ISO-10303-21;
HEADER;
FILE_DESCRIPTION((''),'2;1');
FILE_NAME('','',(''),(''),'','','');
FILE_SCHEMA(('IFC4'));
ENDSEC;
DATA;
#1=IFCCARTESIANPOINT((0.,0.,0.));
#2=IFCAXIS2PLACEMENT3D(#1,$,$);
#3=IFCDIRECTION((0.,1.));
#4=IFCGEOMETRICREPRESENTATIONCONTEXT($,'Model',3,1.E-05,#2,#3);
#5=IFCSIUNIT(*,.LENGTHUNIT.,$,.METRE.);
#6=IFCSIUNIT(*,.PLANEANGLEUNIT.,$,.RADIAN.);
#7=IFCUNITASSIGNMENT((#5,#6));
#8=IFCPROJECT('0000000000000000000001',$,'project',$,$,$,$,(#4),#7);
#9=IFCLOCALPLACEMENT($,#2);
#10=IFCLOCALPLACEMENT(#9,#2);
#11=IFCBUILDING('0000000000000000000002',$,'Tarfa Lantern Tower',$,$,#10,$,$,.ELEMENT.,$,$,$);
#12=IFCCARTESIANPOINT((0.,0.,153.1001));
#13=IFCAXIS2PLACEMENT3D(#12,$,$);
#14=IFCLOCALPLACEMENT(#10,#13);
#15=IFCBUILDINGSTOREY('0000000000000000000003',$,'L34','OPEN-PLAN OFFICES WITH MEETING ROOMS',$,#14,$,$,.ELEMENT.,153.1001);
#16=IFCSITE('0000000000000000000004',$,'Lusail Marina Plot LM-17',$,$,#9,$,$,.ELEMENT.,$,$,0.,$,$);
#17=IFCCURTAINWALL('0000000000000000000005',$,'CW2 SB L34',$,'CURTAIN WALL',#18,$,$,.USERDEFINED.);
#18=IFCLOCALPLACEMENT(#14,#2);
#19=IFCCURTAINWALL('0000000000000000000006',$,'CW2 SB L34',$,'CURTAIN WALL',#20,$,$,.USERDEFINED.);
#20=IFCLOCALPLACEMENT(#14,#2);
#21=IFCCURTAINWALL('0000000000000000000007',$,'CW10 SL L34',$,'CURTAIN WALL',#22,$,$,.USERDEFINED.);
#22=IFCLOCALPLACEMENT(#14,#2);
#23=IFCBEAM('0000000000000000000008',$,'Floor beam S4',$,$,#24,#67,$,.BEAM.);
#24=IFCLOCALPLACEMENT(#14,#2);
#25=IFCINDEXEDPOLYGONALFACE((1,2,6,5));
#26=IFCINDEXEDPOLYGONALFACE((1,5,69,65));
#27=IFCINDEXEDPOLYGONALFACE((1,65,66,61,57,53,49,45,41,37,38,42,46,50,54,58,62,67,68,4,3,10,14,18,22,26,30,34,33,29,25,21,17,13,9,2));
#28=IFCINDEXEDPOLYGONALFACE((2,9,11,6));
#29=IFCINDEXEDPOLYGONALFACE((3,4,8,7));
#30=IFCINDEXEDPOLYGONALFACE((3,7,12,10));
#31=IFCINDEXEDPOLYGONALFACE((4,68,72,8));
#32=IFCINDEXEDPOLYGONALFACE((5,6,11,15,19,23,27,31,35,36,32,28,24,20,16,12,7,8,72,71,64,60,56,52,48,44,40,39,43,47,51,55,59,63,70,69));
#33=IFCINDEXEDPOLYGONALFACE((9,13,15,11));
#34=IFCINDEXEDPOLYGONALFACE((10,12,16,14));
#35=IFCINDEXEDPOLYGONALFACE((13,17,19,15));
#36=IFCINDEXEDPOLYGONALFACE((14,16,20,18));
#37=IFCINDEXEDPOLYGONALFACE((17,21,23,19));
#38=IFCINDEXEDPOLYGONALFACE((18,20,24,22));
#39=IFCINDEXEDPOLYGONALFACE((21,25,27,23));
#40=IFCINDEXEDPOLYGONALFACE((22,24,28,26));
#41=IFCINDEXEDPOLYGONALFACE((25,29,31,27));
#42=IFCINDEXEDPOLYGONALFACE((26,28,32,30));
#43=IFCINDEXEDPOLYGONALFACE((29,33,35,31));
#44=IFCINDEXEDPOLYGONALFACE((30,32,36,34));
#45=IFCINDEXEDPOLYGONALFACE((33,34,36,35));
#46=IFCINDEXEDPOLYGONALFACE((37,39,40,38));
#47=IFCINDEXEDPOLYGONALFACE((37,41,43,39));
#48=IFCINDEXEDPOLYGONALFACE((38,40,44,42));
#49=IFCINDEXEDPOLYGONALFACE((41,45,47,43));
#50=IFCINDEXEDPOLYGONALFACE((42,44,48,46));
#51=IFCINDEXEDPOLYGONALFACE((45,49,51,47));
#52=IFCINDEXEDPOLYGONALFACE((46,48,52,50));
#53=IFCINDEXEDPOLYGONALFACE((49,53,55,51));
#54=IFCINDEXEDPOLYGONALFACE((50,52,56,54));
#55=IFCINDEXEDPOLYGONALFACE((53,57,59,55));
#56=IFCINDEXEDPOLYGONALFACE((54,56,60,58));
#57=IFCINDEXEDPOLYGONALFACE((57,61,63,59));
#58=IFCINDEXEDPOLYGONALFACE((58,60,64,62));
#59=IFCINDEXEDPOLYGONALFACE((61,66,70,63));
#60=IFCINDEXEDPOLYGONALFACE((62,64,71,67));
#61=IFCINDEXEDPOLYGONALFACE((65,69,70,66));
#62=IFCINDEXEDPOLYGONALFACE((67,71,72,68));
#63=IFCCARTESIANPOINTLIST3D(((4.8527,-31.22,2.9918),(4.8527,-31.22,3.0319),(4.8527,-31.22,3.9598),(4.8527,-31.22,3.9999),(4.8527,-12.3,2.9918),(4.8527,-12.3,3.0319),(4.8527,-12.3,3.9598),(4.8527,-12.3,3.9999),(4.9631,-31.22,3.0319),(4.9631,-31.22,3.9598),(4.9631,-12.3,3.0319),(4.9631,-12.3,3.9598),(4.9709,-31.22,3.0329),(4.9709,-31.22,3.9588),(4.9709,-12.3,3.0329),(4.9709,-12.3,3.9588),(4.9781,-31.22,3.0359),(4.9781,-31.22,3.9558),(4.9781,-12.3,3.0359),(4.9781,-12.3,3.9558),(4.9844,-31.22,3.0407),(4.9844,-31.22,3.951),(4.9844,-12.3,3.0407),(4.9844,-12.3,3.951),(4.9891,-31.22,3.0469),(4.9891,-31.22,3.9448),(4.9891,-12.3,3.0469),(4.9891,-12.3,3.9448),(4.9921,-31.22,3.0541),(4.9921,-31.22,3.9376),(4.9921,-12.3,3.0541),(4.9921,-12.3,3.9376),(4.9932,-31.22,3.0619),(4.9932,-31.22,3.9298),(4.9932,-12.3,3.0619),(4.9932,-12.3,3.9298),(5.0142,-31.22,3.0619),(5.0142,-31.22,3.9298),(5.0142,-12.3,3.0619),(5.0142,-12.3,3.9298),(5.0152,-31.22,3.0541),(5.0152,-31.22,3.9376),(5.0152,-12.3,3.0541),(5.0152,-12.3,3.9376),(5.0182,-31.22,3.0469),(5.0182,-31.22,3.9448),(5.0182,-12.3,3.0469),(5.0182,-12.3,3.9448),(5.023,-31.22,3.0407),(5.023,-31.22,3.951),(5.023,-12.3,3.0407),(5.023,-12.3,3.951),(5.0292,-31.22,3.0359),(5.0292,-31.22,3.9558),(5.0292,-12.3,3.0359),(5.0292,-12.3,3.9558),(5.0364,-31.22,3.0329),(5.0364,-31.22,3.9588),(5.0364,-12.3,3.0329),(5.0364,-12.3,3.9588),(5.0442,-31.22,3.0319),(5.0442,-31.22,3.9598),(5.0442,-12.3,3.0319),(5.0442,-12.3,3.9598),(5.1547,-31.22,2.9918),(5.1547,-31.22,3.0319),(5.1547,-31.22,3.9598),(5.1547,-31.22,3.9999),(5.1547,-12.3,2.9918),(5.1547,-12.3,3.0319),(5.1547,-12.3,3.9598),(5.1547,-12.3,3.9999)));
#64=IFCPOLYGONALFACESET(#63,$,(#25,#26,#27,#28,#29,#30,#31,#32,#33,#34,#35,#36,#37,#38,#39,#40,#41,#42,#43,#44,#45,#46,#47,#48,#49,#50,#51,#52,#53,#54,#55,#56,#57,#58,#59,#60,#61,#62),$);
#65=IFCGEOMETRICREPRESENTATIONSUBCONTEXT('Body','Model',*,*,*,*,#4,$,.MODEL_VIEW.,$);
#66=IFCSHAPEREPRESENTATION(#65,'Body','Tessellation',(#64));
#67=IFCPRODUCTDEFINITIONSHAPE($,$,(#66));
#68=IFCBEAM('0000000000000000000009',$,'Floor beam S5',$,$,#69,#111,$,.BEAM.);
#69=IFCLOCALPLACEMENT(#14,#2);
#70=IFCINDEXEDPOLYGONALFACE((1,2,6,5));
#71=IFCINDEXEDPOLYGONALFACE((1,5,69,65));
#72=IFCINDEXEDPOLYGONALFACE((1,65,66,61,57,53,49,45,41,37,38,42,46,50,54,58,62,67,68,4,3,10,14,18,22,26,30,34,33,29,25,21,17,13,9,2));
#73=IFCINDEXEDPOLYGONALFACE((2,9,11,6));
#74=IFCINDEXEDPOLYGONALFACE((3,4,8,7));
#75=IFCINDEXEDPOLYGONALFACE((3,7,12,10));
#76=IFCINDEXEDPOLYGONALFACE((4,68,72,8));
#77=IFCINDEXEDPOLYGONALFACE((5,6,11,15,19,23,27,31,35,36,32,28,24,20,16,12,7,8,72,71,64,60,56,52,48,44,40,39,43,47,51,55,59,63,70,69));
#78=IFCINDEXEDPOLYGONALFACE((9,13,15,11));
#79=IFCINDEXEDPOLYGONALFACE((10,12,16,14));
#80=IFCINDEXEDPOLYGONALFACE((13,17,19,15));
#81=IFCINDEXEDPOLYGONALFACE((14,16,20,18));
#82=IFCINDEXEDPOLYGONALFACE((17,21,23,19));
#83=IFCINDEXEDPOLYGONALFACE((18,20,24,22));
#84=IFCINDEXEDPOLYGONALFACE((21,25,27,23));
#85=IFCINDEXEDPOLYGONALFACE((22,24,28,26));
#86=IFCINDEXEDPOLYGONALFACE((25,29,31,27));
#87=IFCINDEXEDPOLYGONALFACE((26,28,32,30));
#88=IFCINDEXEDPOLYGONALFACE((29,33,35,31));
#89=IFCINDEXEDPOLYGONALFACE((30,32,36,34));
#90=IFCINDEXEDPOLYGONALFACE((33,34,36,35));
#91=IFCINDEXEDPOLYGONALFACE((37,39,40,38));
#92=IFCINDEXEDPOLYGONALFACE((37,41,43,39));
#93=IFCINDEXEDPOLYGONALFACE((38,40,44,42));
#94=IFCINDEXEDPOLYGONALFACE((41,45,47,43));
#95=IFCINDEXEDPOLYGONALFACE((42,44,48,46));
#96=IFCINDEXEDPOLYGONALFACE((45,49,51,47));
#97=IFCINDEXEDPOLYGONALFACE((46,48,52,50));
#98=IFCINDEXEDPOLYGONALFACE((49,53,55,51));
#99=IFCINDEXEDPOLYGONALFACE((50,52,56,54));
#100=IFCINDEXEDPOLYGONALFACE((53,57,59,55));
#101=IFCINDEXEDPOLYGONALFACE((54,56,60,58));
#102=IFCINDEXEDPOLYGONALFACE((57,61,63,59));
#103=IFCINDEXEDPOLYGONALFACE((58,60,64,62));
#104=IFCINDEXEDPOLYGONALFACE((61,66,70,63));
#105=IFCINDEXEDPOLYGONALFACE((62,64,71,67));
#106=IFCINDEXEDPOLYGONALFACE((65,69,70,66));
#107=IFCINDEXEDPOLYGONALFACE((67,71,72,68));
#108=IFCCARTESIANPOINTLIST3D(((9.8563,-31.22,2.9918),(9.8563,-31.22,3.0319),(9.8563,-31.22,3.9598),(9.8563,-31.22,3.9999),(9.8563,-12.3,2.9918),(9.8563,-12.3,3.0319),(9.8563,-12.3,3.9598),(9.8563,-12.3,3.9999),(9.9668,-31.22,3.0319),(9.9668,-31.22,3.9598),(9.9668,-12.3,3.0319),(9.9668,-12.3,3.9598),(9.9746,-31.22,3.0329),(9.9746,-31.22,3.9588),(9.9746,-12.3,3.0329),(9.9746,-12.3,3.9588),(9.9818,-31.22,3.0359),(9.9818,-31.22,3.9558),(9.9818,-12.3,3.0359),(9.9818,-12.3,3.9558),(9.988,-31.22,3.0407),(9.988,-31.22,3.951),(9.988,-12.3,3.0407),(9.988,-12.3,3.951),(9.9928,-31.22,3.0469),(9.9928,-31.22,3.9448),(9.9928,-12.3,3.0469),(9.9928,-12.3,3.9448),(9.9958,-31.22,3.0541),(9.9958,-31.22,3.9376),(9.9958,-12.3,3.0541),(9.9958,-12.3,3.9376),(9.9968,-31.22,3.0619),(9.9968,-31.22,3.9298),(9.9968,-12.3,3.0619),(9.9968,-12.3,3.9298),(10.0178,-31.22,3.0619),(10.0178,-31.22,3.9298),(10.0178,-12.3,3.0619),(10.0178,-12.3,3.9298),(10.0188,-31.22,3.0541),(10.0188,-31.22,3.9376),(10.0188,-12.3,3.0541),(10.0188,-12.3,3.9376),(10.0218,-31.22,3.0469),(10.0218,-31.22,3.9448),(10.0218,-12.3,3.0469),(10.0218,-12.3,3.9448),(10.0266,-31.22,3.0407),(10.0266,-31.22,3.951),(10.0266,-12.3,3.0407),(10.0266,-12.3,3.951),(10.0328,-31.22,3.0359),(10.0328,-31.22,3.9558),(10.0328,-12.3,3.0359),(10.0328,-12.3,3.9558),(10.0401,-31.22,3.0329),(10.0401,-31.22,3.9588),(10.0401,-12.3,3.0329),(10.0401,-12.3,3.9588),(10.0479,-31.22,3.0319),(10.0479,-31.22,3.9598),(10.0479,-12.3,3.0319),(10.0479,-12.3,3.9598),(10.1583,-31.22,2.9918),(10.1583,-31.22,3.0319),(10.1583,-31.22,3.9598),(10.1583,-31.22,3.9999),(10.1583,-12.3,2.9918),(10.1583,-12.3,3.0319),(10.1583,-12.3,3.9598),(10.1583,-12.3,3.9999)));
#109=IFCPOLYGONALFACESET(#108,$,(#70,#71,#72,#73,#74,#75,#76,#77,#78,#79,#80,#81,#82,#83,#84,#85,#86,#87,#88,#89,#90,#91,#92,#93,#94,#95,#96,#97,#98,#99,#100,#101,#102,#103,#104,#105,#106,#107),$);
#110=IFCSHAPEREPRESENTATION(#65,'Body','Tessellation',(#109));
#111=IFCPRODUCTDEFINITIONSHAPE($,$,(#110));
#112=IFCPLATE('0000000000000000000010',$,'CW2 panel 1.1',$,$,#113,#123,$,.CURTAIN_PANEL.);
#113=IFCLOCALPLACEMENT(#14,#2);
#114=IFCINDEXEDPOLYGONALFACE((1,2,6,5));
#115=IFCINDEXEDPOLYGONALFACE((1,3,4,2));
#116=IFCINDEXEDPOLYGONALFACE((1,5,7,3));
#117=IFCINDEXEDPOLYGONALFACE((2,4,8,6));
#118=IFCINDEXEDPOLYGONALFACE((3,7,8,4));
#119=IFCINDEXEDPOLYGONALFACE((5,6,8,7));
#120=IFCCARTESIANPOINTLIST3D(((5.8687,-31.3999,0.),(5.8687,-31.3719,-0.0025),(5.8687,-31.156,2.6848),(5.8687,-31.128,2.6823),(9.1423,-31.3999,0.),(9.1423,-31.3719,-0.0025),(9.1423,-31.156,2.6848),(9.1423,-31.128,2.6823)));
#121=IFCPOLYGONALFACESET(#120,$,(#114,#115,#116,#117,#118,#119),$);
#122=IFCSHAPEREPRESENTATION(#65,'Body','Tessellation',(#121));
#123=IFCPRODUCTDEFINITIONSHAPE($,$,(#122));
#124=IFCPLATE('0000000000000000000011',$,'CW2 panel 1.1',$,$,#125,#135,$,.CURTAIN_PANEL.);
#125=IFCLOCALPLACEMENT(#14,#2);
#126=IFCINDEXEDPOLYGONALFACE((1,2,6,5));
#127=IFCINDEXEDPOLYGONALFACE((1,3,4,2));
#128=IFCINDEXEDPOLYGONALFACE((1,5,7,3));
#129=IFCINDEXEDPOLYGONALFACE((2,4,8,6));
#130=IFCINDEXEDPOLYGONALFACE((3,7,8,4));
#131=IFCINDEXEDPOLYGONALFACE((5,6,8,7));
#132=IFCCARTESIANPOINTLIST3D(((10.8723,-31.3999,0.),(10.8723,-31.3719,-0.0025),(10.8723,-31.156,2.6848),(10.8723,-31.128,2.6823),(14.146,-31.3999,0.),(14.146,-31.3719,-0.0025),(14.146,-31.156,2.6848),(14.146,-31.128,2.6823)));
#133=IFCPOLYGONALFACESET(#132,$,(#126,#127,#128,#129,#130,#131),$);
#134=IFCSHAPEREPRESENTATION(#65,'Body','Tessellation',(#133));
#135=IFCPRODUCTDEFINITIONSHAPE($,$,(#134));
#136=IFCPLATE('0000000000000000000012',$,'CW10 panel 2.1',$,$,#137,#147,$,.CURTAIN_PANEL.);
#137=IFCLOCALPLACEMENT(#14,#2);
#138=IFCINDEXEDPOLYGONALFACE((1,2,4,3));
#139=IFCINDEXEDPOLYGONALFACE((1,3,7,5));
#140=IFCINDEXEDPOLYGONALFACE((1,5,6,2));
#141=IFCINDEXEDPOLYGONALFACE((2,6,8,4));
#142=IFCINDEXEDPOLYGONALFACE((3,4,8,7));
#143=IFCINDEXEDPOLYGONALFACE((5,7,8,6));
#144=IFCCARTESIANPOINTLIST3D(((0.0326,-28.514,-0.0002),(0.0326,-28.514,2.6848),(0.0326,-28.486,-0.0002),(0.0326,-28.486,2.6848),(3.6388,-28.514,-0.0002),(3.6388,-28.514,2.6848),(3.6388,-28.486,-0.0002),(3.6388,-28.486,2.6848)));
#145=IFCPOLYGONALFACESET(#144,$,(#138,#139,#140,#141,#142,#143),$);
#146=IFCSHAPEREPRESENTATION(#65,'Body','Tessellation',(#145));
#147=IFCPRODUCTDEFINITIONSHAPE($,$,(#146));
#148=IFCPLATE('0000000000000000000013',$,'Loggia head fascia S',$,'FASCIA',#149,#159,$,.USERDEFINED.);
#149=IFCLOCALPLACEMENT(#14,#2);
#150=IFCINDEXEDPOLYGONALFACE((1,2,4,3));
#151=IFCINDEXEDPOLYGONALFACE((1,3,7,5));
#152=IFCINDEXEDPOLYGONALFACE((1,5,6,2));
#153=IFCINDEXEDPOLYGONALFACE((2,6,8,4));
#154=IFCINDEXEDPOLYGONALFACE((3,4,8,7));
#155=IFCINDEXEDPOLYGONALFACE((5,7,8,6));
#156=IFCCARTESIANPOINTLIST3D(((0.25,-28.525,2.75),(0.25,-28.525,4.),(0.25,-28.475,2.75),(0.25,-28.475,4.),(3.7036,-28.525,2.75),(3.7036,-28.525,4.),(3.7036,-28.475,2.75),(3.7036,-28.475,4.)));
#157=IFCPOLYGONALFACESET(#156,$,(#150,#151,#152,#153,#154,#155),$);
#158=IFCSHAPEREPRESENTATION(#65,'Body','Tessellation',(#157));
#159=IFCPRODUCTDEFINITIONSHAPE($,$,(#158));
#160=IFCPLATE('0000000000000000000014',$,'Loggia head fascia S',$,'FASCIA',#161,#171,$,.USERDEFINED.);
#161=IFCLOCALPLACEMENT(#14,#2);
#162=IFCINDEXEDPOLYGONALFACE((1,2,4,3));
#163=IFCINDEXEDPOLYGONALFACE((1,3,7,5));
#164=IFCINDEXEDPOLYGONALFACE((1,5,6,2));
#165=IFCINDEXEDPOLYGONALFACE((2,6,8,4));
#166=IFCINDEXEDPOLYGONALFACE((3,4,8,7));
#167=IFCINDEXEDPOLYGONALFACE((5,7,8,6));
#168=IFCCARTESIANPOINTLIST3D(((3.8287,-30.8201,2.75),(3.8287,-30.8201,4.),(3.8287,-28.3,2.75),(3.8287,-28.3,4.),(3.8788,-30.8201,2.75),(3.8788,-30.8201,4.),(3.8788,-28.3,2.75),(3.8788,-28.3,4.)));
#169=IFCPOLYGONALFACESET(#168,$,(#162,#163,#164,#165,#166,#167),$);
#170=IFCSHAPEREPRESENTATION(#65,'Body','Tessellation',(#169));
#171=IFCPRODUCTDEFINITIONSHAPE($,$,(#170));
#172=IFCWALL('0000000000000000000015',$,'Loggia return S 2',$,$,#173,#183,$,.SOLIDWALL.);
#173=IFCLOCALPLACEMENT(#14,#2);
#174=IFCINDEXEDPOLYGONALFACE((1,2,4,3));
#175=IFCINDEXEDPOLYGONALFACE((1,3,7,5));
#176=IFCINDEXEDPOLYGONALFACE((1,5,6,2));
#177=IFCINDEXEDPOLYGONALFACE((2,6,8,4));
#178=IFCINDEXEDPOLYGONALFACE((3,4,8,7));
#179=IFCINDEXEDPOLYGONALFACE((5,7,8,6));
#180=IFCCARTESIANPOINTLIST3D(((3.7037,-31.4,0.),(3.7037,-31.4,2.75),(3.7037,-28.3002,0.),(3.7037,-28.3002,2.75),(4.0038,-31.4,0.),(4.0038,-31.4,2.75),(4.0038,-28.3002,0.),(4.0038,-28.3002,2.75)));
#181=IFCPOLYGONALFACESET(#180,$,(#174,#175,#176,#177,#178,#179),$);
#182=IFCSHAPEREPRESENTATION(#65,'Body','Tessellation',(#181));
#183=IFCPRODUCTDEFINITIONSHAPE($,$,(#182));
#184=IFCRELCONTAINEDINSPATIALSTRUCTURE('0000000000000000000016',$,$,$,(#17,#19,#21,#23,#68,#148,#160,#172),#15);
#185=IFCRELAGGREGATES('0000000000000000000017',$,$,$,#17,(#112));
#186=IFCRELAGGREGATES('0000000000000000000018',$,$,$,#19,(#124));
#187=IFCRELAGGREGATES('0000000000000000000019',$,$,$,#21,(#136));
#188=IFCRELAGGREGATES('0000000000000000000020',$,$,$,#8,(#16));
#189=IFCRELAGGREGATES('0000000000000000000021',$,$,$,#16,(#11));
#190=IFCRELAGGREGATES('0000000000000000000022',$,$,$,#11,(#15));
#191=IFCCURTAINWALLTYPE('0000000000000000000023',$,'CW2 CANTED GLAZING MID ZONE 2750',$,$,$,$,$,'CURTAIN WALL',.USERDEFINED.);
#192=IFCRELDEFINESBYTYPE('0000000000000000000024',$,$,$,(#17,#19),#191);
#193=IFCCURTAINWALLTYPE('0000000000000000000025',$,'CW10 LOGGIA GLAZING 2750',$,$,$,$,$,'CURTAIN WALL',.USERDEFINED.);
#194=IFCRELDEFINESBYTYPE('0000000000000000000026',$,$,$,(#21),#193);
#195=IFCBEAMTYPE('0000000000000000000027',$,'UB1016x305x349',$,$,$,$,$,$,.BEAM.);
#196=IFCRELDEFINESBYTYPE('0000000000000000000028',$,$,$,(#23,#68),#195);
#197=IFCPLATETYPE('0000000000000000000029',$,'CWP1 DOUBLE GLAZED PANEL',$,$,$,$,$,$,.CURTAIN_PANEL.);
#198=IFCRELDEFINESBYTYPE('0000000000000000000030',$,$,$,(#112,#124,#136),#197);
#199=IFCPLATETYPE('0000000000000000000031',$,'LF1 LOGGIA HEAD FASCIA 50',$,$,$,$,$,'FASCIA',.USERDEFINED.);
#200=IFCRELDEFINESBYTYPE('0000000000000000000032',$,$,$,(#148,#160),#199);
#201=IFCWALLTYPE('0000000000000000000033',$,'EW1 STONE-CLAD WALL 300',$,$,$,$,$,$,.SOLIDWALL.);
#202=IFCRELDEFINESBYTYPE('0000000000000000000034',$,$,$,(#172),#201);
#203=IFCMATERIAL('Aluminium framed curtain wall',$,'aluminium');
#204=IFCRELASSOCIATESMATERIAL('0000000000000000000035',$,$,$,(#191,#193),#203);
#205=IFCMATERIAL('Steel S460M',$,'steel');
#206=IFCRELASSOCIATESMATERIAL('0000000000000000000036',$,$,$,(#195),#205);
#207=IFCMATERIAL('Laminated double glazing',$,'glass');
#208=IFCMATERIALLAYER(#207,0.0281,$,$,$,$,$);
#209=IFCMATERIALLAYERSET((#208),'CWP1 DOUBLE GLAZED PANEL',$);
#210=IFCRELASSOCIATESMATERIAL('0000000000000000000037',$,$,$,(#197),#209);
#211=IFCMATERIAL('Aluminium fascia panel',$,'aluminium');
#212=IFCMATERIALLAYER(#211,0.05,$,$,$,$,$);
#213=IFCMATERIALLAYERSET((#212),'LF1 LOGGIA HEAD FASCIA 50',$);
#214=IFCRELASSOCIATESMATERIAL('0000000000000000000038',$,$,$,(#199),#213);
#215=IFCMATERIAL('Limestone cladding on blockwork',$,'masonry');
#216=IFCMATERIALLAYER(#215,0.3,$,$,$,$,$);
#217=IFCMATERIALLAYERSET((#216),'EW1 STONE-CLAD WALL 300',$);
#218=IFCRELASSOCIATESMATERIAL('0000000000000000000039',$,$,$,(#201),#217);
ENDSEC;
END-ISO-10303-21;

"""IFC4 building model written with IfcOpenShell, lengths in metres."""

from ifc_helpers import new_model, si_unit, direction, frame, frame_2d, origin, origin_2d, place, context, subcontext, project, spatial, polyline, rectangle, i_section, outline, extrude, material, layer, layer_set, material_profile, profile_set, type_object, element, aggregate, save


model = new_model("IFC4")

# Units and contexts
model_context = context("Model", 3, precision=1e-05, world=origin(), true_north=direction((0.0, 1.0)))
body_context = subcontext(model_context, "Body", "Model", "MODEL_VIEW")
ifc_project = project(units=[si_unit("LENGTHUNIT", "METRE"), si_unit("PLANEANGLEUNIT", "RADIAN")], contexts=[model_context])

# Site, building, storey
site_placement = place(None, origin())
site = spatial("IfcSite", under=ifc_project, at=site_placement, Name="Lusail Marina Plot LM-17", CompositionType="ELEMENT", RefElevation=0.0)
building_placement = place(site_placement, origin())
building = spatial("IfcBuilding", under=site, at=building_placement, Name="Tarfa Lantern Tower", CompositionType="ELEMENT")
storey_placement = place(building_placement, frame((0.0, 0.0, 153.1001)))
storey = spatial("IfcBuildingStorey", under=building, at=storey_placement, Name="L34", Description="OPEN-PLAN OFFICES WITH MEETING ROOMS", CompositionType="ELEMENT", Elevation=153.1001)

# Curtain wall
ifc_material_1 = material(Name="Aluminium framed curtain wall", Category="aluminium")
curtain_wall_type_1 = type_object("IfcCurtainWallType", Name="CW2 CANTED GLAZING MID ZONE 2750", ElementType="CURTAIN WALL", PredefinedType="USERDEFINED", material=ifc_material_1)
curtain_wall_1_placement = place(storey_placement, origin())
curtain_wall_1 = element("IfcCurtainWall", 1, at=curtain_wall_1_placement, inside=storey, type_object=curtain_wall_type_1, Name="CW2 SB L34", ObjectType="CURTAIN WALL", PredefinedType="USERDEFINED")

# Curtain walls
curtain_wall_2_placement = place(storey_placement, origin())
curtain_wall_2 = element("IfcCurtainWall", 2, at=curtain_wall_2_placement, inside=storey, type_object=curtain_wall_type_1, Name="CW2 SB L34", ObjectType="CURTAIN WALL", PredefinedType="USERDEFINED")
curtain_wall_type_2 = type_object("IfcCurtainWallType", Name="CW10 LOGGIA GLAZING 2750", ElementType="CURTAIN WALL", PredefinedType="USERDEFINED", material=ifc_material_1)
curtain_wall_3_placement = place(storey_placement, origin())
curtain_wall_3 = element("IfcCurtainWall", 3, at=curtain_wall_3_placement, inside=storey, type_object=curtain_wall_type_2, Name="CW10 SL L34", ObjectType="CURTAIN WALL", PredefinedType="USERDEFINED")

# Beams
ifc_material_2 = material(Name="Steel S460M", Category="steel")
ifc_material_profile_1 = material_profile(ifc_material_2, i_section(OverallWidth=0.302, OverallDepth=1.0081, WebThickness=0.021, FlangeThickness=0.04, FilletRadius=0.03, at=origin_2d()), Name="UB1016x305x349")
ifc_profile_set_1 = profile_set([ifc_material_profile_1], Name="Steel S460M")
beam_type_1 = type_object("IfcBeamType", Name="UB1016x305x349", PredefinedType="BEAM", material=ifc_profile_set_1)
for number, where, z_axis, x_axis, name in (
    (4, (5.0037, -31.22, 3.4958), (0.0, 1.0, 0.0), (-1.0, 0.0, 0.0), "Floor beam S4"),
    (5, (10.0073, -31.22, 3.4958), (0.0, 1.0, 0.0), (-1.0, 0.0, 0.0), "Floor beam S5"),
):
    element("IfcBeam", number, at=place(storey_placement, frame(where, z_axis=z_axis, x_axis=x_axis)), inside=storey, type_object=beam_type_1, Name=name, PredefinedType="BEAM", context=body_context, shape_type="SweptSolid", body=[
        extrude(i_section(OverallWidth=0.302, OverallDepth=1.0081, WebThickness=0.021, FlangeThickness=0.04, FilletRadius=0.03, at=origin_2d()), origin(), (0.0, 0.0, 1.0), 18.9199),
    ])

# Plates
ifc_material_3 = material(Name="Laminated double glazing", Category="glass")
ifc_layer_1 = layer(ifc_material_3, 0.0281)
ifc_layer_set_1 = layer_set([ifc_layer_1], Name="CWP1 DOUBLE GLAZED PANEL")
plate_type_1 = type_object("IfcPlateType", Name="CWP1 DOUBLE GLAZED PANEL", PredefinedType="CURTAIN_PANEL", material=ifc_layer_set_1)
plate_1_placement = place(storey_placement, frame((5.8687, -31.3999, 0.0), z_axis=(0.0, -0.995899, 0.09047), x_axis=(1.0, 0.0, 0.0)))
plate_1 = element("IfcPlate", 6, at=plate_1_placement, type_object=plate_type_1, Name="CW2 panel 1.1", PredefinedType="CURTAIN_PANEL", context=body_context, shape_type="SweptSolid", body=[
    extrude(outline(polyline([(0.0, 0.0), (3.2737, 0.0), (3.2737, 2.6959), (0.0, 2.6959), (0.0, 0.0)])), origin(), (0.0, 0.0, -1.0), 0.0281),
])
aggregate(curtain_wall_1, [plate_1])
plate_2_placement = place(storey_placement, frame((10.8723, -31.3999, 0.0), z_axis=(0.0, -0.995899, 0.09047), x_axis=(1.0, 0.0, 0.0)))
plate_2 = element("IfcPlate", 7, at=plate_2_placement, type_object=plate_type_1, Name="CW2 panel 1.1", PredefinedType="CURTAIN_PANEL", context=body_context, shape_type="SweptSolid", body=[
    extrude(outline(polyline([(0.0, 0.0), (3.2737, 0.0), (3.2737, 2.6959), (0.0, 2.6959), (0.0, 0.0)])), origin(), (0.0, 0.0, -1.0), 0.0281),
])
aggregate(curtain_wall_2, [plate_2])
plate_3_placement = place(storey_placement, frame((1.8357, -28.5, -0.0002), z_axis=(0.0, 0.0, 1.0), x_axis=(1.0, 0.0, 0.0)))
plate_3 = element("IfcPlate", 8, at=plate_3_placement, type_object=plate_type_1, Name="CW10 panel 2.1", PredefinedType="CURTAIN_PANEL", context=body_context, shape_type="SweptSolid", body=[
    extrude(rectangle(XDim=3.6062, YDim=0.0281, at=origin_2d()), origin(), (0.0, 0.0, 1.0), 2.6851),
])
aggregate(curtain_wall_3, [plate_3])

# Plates
ifc_material_4 = material(Name="Aluminium fascia panel", Category="aluminium")
ifc_layer_2 = layer(ifc_material_4, 0.05)
ifc_layer_set_2 = layer_set([ifc_layer_2], Name="LF1 LOGGIA HEAD FASCIA 50")
plate_type_2 = type_object("IfcPlateType", Name="LF1 LOGGIA HEAD FASCIA 50", ElementType="FASCIA", PredefinedType="USERDEFINED", material=ifc_layer_set_2)
plate_4_placement = place(storey_placement, frame((1.9768, -28.5, 2.75), z_axis=(0.0, 0.0, 1.0), x_axis=(1.0, 0.0, 0.0)))
element("IfcPlate", 9, at=plate_4_placement, inside=storey, type_object=plate_type_2, Name="Loggia head fascia S", ObjectType="FASCIA", PredefinedType="USERDEFINED", context=body_context, shape_type="SweptSolid", body=[
    extrude(rectangle(XDim=3.4536, YDim=0.05, at=origin_2d()), origin(), (0.0, 0.0, 1.0), 1.25),
])
plate_5_placement = place(storey_placement, frame((3.8538, -29.5601, 2.75), z_axis=(0.0, 0.0, 1.0), x_axis=(0.0, 1.0, 0.0)))
element("IfcPlate", 10, at=plate_5_placement, inside=storey, type_object=plate_type_2, Name="Loggia head fascia S", ObjectType="FASCIA", PredefinedType="USERDEFINED", context=body_context, shape_type="SweptSolid", body=[
    extrude(rectangle(XDim=2.52, YDim=0.05, at=origin_2d()), origin(), (0.0, 0.0, 1.0), 1.25),
])

# Wall
ifc_material_5 = material(Name="Limestone cladding on blockwork", Category="masonry")
ifc_layer_3 = layer(ifc_material_5, 0.3)
ifc_layer_set_3 = layer_set([ifc_layer_3], Name="EW1 STONE-CLAD WALL 300")
wall_type_1 = type_object("IfcWallType", Name="EW1 STONE-CLAD WALL 300", PredefinedType="SOLIDWALL", material=ifc_layer_set_3)
wall_1_placement = place(storey_placement, frame((3.8538, -31.3999, 0.0), z_axis=(0.0, 0.0, 1.0), x_axis=(0.0, 1.0, 0.0)))
element("IfcWall", 11, at=wall_1_placement, inside=storey, type_object=wall_type_1, Name="Loggia return S 2", PredefinedType="SOLIDWALL", context=body_context, shape_type="SweptSolid", body=[
    extrude(rectangle(XDim=3.0999, YDim=0.3, at=frame_2d((1.5498, 0.0))), origin(), (0.0, 0.0, 1.0), 2.75),
])

save(model, "model.ifc")
